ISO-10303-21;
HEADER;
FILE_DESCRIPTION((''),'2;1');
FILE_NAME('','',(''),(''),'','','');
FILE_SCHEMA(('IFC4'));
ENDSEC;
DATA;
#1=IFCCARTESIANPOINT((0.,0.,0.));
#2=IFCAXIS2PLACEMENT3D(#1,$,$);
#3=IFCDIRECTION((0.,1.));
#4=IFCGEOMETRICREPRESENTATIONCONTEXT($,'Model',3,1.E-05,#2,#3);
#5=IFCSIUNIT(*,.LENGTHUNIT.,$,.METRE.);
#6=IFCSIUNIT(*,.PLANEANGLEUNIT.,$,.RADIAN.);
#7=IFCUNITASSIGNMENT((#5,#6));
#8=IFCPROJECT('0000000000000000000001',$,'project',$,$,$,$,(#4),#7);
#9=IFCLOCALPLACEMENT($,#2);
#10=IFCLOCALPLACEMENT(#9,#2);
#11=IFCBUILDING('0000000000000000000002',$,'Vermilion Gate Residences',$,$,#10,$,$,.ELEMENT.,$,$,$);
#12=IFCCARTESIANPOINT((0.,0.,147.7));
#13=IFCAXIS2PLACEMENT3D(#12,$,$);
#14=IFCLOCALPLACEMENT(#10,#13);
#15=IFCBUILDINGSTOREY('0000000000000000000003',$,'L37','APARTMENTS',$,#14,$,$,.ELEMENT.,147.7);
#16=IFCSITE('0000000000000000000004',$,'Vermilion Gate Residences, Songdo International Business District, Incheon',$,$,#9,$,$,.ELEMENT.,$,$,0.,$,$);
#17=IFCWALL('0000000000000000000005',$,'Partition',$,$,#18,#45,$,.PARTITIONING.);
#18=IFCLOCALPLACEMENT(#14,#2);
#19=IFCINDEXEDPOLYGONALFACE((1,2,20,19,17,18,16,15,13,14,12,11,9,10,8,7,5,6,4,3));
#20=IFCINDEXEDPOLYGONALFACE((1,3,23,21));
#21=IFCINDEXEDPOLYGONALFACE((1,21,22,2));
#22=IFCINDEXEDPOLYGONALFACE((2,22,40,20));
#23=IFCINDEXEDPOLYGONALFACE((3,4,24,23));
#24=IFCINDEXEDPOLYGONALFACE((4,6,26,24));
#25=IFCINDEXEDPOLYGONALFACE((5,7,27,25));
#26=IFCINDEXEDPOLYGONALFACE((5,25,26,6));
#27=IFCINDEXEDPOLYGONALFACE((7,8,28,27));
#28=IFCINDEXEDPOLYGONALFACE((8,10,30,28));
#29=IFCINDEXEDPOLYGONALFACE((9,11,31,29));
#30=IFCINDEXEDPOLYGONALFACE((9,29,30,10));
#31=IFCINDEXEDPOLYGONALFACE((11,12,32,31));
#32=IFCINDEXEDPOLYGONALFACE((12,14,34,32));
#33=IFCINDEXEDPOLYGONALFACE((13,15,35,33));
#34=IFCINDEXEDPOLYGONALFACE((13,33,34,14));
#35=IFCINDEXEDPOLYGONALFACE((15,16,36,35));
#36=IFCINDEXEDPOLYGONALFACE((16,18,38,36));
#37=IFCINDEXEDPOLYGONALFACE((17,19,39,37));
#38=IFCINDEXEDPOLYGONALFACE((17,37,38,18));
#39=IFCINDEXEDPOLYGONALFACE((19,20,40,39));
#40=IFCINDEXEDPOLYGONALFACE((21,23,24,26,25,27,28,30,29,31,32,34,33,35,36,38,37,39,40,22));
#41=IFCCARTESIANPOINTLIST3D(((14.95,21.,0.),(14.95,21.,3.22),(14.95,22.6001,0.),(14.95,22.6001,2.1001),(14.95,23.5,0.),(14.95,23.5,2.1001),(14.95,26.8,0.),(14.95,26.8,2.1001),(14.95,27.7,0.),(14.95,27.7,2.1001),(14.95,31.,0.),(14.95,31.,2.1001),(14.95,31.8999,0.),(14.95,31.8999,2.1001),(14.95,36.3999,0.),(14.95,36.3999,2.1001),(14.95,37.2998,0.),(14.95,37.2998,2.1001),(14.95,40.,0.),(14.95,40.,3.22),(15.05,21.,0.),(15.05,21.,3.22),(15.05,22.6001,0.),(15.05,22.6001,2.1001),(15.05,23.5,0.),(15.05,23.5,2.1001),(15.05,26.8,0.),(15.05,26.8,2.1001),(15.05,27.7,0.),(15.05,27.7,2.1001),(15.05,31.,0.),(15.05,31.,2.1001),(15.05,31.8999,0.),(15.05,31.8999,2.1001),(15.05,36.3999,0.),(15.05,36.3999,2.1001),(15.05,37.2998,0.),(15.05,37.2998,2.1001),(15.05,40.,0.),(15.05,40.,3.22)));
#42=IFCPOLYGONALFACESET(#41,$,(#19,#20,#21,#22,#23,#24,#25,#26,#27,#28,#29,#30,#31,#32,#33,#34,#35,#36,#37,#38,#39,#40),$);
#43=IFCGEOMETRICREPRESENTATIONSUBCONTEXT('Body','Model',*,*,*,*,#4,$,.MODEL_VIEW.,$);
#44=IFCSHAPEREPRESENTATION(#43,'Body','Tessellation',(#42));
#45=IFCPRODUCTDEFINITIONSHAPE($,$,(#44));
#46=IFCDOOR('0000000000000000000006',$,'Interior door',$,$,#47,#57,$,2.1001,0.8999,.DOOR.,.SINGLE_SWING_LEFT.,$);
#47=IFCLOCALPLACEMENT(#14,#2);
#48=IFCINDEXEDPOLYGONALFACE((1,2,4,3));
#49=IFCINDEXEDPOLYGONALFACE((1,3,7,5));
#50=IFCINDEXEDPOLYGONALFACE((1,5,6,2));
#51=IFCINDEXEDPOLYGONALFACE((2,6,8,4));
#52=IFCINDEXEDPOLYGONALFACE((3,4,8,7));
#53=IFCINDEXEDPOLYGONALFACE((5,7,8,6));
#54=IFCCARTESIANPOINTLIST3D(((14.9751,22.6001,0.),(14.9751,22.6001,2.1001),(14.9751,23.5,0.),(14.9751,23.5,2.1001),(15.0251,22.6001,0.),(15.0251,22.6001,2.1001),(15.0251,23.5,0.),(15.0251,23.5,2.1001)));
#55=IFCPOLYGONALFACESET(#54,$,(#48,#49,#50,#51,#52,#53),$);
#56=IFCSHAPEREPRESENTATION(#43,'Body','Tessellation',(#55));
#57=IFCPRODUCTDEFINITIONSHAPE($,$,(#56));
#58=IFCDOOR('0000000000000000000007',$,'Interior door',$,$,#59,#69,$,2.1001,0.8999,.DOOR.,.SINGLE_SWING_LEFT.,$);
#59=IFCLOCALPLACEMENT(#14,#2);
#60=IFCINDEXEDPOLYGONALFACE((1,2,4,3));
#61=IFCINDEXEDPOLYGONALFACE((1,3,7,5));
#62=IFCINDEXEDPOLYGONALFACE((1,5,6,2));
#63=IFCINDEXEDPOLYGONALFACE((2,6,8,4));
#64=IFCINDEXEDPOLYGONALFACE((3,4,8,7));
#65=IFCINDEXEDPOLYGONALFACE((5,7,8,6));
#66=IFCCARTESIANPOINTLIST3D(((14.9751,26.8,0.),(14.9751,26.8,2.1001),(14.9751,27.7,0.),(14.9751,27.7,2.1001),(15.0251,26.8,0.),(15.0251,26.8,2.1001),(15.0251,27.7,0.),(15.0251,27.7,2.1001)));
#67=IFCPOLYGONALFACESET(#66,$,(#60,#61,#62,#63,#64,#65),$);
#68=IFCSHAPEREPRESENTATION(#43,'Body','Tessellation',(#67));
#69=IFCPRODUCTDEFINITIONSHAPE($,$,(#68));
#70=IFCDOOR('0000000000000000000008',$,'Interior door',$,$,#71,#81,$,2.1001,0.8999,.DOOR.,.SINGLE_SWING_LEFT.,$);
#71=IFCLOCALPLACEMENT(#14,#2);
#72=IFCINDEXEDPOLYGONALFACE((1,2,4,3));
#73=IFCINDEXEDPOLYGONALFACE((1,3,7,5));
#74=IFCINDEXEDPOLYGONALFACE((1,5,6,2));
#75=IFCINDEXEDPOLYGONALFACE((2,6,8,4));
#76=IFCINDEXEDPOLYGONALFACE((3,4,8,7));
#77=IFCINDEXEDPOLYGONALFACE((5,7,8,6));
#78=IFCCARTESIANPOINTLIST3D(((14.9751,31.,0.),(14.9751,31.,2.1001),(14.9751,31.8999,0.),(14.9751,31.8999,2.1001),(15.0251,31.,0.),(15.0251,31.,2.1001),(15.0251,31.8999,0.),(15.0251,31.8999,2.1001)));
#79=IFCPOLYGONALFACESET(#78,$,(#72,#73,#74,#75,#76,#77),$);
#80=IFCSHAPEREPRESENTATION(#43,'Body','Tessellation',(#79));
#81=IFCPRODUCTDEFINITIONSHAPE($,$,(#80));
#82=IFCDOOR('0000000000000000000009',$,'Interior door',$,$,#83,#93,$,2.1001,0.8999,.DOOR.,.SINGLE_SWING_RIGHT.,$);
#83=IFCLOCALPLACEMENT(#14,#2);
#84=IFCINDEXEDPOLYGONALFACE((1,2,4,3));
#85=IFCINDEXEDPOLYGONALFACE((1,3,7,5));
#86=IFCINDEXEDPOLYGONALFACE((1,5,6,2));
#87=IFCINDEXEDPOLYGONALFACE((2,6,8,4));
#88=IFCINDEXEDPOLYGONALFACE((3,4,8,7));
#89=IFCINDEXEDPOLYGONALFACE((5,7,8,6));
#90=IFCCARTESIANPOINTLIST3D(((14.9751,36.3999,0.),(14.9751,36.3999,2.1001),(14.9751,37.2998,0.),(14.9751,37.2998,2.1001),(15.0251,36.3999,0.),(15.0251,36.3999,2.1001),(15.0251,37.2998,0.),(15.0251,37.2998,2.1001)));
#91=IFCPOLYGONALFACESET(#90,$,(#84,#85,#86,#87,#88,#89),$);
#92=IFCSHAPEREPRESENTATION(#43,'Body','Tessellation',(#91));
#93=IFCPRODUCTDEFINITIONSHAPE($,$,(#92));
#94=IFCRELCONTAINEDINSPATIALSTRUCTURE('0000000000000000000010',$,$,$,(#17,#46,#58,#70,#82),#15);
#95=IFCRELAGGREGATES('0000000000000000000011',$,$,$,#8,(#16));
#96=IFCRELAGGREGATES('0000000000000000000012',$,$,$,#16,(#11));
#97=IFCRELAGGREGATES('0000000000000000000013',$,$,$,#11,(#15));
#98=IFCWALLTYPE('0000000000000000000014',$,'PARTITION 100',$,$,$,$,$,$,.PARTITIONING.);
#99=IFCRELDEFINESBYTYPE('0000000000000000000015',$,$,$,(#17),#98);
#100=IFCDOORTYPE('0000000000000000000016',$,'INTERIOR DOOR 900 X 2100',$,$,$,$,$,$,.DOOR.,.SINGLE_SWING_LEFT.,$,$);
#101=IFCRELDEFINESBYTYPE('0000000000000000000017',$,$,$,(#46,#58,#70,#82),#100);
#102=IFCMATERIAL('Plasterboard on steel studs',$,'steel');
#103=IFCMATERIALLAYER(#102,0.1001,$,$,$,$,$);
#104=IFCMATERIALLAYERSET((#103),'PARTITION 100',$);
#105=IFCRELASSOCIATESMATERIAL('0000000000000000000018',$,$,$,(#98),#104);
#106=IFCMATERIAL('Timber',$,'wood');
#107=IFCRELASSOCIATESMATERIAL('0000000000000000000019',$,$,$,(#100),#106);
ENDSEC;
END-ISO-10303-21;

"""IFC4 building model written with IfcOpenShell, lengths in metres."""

from ifc_helpers import new_model, si_unit, direction, frame, frame_2d, origin, place, context, subcontext, project, spatial, rectangle, extrude, material, layer, layer_set, type_object, element, fill, save


model = new_model("IFC4")

# Units and contexts
model_context = context("Model", 3, precision=1e-05, world=origin(), true_north=direction((0.0, 1.0)))
body_context = subcontext(model_context, "Body", "Model", "MODEL_VIEW")
ifc_project = project(units=[si_unit("LENGTHUNIT", "METRE"), si_unit("PLANEANGLEUNIT", "RADIAN")], contexts=[model_context])

# Site, building, storey
site_placement = place(None, origin())
site = spatial("IfcSite", under=ifc_project, at=site_placement, Name="Vermilion Gate Residences, Songdo International Business District, Incheon", CompositionType="ELEMENT", RefElevation=0.0)
building_placement = place(site_placement, origin())
building = spatial("IfcBuilding", under=site, at=building_placement, Name="Vermilion Gate Residences", CompositionType="ELEMENT")
storey_placement = place(building_placement, frame((0.0, 0.0, 147.7)))
storey = spatial("IfcBuildingStorey", under=building, at=storey_placement, Name="L37", Description="APARTMENTS", CompositionType="ELEMENT", Elevation=147.7)

# Wall, openings, doors
ifc_material_1 = material(Name="Plasterboard on steel studs", Category="steel")
ifc_layer_1 = layer(ifc_material_1, 0.1001)
ifc_layer_set_1 = layer_set([ifc_layer_1], Name="PARTITION 100")
wall_type_1 = type_object("IfcWallType", Name="PARTITION 100", PredefinedType="PARTITIONING", material=ifc_layer_set_1)
wall_1_placement = place(storey_placement, frame((15.0, 21.0, 0.0), z_axis=(0.0, 0.0, 1.0), x_axis=(0.0, 1.0, 0.0)))
wall_1 = element("IfcWall", 1, at=wall_1_placement, inside=storey, type_object=wall_type_1, Name="Partition", PredefinedType="PARTITIONING", context=body_context, shape_type="SweptSolid", body=[
    extrude(rectangle(XDim=19.0, YDim=0.1001, at=frame_2d((9.5, 0.0))), origin(), (0.0, 0.0, 1.0), 3.22),
])
opening_1_placement = place(wall_1_placement, frame((1.6001, 0.0, 0.0)))
opening_1 = element("IfcOpeningElement", 2, at=opening_1_placement, cuts=wall_1, PredefinedType="OPENING", context=body_context, shape_type="SweptSolid", body=[
    extrude(rectangle(XDim=0.8999, YDim=2.1001, at=frame_2d((0.45, 1.05))), frame((0.0, 0.0601, 0.0), z_axis=(0.0, -1.0, 0.0), x_axis=(1.0, 0.0, 0.0)), (0.0, 0.0, 1.0), 0.1201),
])
opening_2_placement = place(wall_1_placement, frame((5.8, 0.0, 0.0)))
opening_2 = element("IfcOpeningElement", 3, at=opening_2_placement, cuts=wall_1, PredefinedType="OPENING", context=body_context, shape_type="SweptSolid", body=[
    extrude(rectangle(XDim=0.8999, YDim=2.1001, at=frame_2d((0.45, 1.05))), frame((0.0, 0.0601, 0.0), z_axis=(0.0, -1.0, 0.0), x_axis=(1.0, 0.0, 0.0)), (0.0, 0.0, 1.0), 0.1201),
])
opening_3_placement = place(wall_1_placement, frame((10.0, 0.0, 0.0)))
opening_3 = element("IfcOpeningElement", 4, at=opening_3_placement, cuts=wall_1, PredefinedType="OPENING", context=body_context, shape_type="SweptSolid", body=[
    extrude(rectangle(XDim=0.8999, YDim=2.1001, at=frame_2d((0.45, 1.05))), frame((0.0, 0.0601, 0.0), z_axis=(0.0, -1.0, 0.0), x_axis=(1.0, 0.0, 0.0)), (0.0, 0.0, 1.0), 0.1201),
])
opening_4_placement = place(wall_1_placement, frame((15.3999, 0.0, 0.0)))
opening_4 = element("IfcOpeningElement", 5, at=opening_4_placement, cuts=wall_1, PredefinedType="OPENING", context=body_context, shape_type="SweptSolid", body=[
    extrude(rectangle(XDim=0.8999, YDim=2.1001, at=frame_2d((0.45, 1.05))), frame((0.0, 0.0601, 0.0), z_axis=(0.0, -1.0, 0.0), x_axis=(1.0, 0.0, 0.0)), (0.0, 0.0, 1.0), 0.1201),
])
ifc_material_2 = material(Name="Timber", Category="wood")
door_type = type_object("IfcDoorType", Name="INTERIOR DOOR 900 X 2100", OperationType="SINGLE_SWING_LEFT", PredefinedType="DOOR", material=ifc_material_2)
door_1_placement = place(opening_1_placement, origin())
door_1 = element("IfcDoor", 6, at=door_1_placement, inside=storey, type_object=door_type, Name="Interior door", OperationType="SINGLE_SWING_LEFT", OverallHeight=2.1001, OverallWidth=0.8999, PredefinedType="DOOR", context=body_context, shape_type="SweptSolid", body=[
    extrude(rectangle(XDim=0.8999, YDim=2.1001, at=frame_2d((0.45, 1.05))), frame((0.0, 0.0249, 0.0), z_axis=(0.0, -1.0, 0.0), x_axis=(1.0, 0.0, 0.0)), (0.0, 0.0, 1.0), 0.05),
])
fill(opening_1, door_1)
door_2_placement = place(opening_2_placement, origin())
door_2 = element("IfcDoor", 7, at=door_2_placement, inside=storey, type_object=door_type, Name="Interior door", OperationType="SINGLE_SWING_LEFT", OverallHeight=2.1001, OverallWidth=0.8999, PredefinedType="DOOR", context=body_context, shape_type="SweptSolid", body=[
    extrude(rectangle(XDim=0.8999, YDim=2.1001, at=frame_2d((0.45, 1.05))), frame((0.0, 0.0249, 0.0), z_axis=(0.0, -1.0, 0.0), x_axis=(1.0, 0.0, 0.0)), (0.0, 0.0, 1.0), 0.05),
])
fill(opening_2, door_2)
door_3_placement = place(opening_3_placement, origin())
door_3 = element("IfcDoor", 8, at=door_3_placement, inside=storey, type_object=door_type, Name="Interior door", OperationType="SINGLE_SWING_LEFT", OverallHeight=2.1001, OverallWidth=0.8999, PredefinedType="DOOR", context=body_context, shape_type="SweptSolid", body=[
    extrude(rectangle(XDim=0.8999, YDim=2.1001, at=frame_2d((0.45, 1.05))), frame((0.0, 0.0249, 0.0), z_axis=(0.0, -1.0, 0.0), x_axis=(1.0, 0.0, 0.0)), (0.0, 0.0, 1.0), 0.05),
])
fill(opening_3, door_3)
door_4_placement = place(opening_4_placement, origin())
door_4 = element("IfcDoor", 9, at=door_4_placement, inside=storey, type_object=door_type, Name="Interior door", OperationType="SINGLE_SWING_RIGHT", OverallHeight=2.1001, OverallWidth=0.8999, PredefinedType="DOOR", context=body_context, shape_type="SweptSolid", body=[
    extrude(rectangle(XDim=0.8999, YDim=2.1001, at=frame_2d((0.45, 1.05))), frame((0.0, 0.0249, 0.0), z_axis=(0.0, -1.0, 0.0), x_axis=(1.0, 0.0, 0.0)), (0.0, 0.0, 1.0), 0.05),
])
fill(opening_4, door_4)

save(model, "model.ifc")
